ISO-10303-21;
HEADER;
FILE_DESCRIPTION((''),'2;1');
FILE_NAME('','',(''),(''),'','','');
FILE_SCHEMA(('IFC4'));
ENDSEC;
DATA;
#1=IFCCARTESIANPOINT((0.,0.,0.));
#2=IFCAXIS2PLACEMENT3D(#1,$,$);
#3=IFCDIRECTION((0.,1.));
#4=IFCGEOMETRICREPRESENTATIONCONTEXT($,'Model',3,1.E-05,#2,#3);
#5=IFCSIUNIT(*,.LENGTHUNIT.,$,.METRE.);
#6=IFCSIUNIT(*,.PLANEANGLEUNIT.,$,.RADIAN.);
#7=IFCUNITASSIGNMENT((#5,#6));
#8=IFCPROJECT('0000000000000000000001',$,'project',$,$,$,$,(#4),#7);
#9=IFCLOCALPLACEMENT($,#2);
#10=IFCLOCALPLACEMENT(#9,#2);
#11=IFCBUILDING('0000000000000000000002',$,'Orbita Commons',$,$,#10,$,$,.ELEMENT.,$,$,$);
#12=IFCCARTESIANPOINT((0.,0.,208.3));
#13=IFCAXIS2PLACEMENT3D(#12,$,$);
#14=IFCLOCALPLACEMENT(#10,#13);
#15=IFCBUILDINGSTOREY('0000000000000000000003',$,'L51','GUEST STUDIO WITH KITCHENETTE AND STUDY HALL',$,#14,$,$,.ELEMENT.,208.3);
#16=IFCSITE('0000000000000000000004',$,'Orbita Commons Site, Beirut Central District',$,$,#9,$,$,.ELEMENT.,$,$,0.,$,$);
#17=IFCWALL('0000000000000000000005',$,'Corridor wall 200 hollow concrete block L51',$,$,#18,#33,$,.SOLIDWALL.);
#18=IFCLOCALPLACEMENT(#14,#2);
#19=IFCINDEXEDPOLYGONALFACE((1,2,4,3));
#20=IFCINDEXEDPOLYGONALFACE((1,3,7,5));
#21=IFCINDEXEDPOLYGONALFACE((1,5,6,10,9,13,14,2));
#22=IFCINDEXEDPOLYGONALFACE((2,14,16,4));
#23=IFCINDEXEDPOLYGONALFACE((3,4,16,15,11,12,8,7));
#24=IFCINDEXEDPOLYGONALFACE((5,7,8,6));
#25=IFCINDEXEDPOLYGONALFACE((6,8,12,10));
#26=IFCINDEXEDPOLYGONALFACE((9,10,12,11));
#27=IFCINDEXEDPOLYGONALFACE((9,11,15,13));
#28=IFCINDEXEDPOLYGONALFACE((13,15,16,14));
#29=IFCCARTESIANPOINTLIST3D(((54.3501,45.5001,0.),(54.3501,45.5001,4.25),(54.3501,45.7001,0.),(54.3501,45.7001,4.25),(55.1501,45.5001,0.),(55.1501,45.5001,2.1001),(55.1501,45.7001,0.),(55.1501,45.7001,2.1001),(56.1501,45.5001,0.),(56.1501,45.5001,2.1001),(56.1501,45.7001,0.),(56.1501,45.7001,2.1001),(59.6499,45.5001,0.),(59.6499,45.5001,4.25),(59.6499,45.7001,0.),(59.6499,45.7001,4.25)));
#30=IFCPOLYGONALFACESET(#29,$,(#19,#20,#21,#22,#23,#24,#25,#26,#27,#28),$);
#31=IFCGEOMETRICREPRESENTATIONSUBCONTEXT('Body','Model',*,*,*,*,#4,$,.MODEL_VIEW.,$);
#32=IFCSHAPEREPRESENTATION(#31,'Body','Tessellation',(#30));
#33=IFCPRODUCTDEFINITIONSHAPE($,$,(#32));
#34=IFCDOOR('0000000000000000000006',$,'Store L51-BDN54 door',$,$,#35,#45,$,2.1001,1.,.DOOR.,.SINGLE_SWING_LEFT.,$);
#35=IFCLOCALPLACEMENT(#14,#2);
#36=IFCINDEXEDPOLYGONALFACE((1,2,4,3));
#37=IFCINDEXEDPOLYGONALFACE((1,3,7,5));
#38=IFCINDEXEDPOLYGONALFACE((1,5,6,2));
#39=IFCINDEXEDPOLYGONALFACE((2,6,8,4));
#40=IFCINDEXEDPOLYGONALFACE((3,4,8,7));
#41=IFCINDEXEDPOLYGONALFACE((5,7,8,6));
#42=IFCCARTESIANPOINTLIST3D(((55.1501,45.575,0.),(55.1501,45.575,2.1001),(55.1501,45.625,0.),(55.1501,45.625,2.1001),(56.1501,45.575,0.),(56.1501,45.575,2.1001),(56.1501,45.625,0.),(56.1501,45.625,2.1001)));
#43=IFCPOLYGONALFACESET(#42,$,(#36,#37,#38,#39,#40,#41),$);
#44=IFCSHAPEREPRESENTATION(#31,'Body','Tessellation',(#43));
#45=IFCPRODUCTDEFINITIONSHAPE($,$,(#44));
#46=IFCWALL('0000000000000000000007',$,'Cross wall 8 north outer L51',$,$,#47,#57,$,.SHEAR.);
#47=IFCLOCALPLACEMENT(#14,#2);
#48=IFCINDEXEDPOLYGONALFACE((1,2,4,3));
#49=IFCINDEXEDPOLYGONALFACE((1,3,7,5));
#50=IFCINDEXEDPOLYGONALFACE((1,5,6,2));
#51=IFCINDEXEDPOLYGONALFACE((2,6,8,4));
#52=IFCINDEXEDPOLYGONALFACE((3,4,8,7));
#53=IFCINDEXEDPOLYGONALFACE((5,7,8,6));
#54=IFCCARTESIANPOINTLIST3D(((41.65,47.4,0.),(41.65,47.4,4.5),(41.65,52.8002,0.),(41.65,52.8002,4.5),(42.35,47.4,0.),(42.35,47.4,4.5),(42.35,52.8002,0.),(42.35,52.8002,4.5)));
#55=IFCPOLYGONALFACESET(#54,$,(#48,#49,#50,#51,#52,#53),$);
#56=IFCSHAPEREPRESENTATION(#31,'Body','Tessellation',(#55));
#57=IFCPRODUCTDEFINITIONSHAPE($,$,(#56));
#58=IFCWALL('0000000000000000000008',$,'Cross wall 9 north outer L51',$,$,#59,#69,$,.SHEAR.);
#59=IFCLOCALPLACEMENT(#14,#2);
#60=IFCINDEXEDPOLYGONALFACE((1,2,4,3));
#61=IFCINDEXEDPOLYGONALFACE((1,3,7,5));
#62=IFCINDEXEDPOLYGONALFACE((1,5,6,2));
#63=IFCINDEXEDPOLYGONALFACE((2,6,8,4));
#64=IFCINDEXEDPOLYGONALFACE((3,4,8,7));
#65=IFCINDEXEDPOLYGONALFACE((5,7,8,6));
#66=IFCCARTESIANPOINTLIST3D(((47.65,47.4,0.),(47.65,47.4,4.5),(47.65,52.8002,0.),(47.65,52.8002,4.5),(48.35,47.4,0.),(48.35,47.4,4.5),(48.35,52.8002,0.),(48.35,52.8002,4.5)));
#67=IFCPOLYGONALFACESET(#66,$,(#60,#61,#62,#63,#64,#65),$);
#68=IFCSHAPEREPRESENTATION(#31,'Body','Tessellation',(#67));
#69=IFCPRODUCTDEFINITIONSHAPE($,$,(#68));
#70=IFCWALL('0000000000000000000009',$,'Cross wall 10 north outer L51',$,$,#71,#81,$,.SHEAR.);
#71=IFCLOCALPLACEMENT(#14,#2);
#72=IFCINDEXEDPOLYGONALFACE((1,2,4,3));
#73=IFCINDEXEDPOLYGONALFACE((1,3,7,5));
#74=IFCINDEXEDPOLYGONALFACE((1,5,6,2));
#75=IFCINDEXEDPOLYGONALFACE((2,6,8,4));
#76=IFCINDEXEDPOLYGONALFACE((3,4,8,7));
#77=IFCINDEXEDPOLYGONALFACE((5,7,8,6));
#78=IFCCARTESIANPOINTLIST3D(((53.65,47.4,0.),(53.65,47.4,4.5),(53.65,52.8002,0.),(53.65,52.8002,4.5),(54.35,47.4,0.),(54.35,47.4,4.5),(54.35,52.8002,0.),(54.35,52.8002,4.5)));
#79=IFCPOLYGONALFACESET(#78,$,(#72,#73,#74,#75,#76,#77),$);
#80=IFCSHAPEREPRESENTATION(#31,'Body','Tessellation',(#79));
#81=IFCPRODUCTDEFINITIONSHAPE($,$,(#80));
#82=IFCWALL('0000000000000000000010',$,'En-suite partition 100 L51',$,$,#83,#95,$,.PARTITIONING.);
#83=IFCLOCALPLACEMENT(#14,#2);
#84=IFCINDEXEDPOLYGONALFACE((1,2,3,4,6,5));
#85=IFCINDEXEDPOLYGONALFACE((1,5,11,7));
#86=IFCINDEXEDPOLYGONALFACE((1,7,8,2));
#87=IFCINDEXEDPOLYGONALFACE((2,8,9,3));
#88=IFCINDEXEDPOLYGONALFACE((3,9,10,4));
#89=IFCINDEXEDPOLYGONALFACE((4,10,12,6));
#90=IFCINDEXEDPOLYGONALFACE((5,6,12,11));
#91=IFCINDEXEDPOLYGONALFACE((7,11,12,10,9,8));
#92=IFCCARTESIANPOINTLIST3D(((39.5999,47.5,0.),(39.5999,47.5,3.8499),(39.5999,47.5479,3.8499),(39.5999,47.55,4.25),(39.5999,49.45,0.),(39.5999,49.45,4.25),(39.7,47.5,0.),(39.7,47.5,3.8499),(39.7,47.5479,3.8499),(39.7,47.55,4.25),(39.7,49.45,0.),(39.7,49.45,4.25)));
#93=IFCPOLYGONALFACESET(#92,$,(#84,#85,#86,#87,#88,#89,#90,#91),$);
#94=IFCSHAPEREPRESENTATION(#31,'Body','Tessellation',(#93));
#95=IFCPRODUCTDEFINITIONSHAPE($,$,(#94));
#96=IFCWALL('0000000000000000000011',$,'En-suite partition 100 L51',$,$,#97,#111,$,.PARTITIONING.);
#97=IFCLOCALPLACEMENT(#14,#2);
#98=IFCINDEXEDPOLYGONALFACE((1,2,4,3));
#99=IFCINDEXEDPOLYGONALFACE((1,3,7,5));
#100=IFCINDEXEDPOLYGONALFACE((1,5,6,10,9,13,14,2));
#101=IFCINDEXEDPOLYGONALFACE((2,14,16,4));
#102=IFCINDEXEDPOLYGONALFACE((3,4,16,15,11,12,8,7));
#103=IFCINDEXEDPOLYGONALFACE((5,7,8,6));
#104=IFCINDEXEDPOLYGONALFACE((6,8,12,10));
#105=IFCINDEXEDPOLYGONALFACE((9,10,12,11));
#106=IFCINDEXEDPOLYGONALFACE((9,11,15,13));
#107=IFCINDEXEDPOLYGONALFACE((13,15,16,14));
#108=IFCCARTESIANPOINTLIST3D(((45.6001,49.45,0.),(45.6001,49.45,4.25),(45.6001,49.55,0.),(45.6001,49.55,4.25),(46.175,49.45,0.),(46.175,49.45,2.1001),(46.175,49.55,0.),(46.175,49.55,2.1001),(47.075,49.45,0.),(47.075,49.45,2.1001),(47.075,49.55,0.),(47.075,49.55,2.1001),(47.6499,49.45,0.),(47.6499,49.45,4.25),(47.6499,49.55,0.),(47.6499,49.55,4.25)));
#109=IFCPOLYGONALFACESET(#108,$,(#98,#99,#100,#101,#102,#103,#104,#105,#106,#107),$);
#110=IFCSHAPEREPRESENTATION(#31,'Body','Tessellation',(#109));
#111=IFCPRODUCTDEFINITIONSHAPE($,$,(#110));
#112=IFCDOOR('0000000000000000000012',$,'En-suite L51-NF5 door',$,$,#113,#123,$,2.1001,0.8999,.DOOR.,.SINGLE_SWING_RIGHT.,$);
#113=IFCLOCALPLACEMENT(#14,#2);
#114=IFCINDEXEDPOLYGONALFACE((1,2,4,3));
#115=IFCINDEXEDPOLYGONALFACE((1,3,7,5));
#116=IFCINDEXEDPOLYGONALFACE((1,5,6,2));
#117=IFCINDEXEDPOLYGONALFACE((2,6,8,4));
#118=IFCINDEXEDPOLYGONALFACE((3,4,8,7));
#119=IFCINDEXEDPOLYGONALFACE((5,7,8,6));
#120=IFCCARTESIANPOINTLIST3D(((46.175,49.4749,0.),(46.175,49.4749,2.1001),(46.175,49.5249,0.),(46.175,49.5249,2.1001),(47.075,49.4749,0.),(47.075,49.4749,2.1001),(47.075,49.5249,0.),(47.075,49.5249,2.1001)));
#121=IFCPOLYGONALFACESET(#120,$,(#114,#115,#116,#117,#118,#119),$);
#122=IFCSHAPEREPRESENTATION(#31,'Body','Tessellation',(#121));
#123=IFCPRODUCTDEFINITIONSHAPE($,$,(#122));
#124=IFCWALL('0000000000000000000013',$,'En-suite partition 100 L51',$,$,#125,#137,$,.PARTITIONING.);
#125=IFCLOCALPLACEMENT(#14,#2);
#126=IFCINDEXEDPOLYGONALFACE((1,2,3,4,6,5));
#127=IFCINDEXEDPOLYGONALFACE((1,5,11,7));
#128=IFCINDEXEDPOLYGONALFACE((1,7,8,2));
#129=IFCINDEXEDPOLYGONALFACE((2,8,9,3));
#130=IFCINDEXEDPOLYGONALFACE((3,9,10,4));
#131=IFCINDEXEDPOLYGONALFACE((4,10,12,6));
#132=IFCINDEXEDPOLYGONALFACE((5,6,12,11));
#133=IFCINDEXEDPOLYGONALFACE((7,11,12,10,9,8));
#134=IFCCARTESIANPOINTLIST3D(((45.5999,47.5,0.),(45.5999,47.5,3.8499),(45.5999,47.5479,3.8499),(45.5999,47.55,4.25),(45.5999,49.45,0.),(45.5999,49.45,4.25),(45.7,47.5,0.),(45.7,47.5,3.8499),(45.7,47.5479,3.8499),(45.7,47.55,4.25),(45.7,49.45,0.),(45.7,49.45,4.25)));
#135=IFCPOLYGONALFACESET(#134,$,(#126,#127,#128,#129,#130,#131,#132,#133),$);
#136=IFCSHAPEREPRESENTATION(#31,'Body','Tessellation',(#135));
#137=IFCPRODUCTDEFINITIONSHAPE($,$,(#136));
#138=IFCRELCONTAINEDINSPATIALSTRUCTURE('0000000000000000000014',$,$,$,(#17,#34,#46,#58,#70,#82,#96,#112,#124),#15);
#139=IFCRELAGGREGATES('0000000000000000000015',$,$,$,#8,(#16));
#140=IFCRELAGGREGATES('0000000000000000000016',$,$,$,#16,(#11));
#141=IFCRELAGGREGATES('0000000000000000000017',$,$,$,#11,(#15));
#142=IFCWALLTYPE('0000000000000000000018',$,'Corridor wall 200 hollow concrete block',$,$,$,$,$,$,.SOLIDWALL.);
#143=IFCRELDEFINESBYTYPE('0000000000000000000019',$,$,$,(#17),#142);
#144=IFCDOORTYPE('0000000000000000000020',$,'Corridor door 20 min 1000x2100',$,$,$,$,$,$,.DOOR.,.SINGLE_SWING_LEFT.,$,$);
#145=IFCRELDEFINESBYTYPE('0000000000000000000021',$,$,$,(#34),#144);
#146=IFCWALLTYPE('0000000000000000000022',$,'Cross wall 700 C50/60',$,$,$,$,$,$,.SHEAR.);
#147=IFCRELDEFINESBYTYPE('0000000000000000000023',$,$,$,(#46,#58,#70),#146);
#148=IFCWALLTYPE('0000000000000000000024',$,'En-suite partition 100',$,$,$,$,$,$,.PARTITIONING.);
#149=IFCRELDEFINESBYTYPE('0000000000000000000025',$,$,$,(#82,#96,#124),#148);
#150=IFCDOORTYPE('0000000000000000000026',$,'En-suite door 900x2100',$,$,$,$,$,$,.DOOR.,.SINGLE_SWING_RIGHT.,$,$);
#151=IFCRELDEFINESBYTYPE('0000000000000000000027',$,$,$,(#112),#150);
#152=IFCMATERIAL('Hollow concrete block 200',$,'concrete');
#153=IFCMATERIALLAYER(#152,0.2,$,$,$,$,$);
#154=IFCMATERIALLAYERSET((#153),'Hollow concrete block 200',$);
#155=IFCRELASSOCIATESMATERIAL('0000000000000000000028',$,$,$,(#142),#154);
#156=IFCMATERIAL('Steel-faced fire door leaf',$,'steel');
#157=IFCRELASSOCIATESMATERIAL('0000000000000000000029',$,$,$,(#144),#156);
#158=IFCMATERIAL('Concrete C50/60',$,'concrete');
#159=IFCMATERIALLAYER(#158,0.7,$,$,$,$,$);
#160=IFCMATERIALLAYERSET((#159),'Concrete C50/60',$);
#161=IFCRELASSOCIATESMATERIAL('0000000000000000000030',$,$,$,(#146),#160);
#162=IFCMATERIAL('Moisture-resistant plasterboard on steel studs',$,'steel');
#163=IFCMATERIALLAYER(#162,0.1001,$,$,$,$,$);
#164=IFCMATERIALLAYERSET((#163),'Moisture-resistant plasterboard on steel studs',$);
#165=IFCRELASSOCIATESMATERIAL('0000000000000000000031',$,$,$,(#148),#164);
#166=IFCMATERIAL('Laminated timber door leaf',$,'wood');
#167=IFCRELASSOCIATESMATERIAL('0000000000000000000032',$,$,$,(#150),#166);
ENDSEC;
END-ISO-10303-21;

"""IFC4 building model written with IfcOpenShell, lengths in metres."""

from ifc_helpers import new_model, si_unit, direction, frame, frame_2d, origin, place, context, subcontext, project, spatial, polyline, rectangle, outline, extrude, material, layer, layer_set, type_object, element, fill, save


model = new_model("IFC4")

# Units and contexts
model_context = context("Model", 3, precision=1e-05, world=origin(), true_north=direction((0.0, 1.0)))
body_context = subcontext(model_context, "Body", "Model", "MODEL_VIEW")
ifc_project = project(units=[si_unit("LENGTHUNIT", "METRE"), si_unit("PLANEANGLEUNIT", "RADIAN")], contexts=[model_context])

# Site, building, storey
site_placement = place(None, origin())
site = spatial("IfcSite", under=ifc_project, at=site_placement, Name="Orbita Commons Site, Beirut Central District", CompositionType="ELEMENT", RefElevation=0.0)
building_placement = place(site_placement, origin())
building = spatial("IfcBuilding", under=site, at=building_placement, Name="Orbita Commons", CompositionType="ELEMENT")
storey_placement = place(building_placement, frame((0.0, 0.0, 208.3)))
storey = spatial("IfcBuildingStorey", under=building, at=storey_placement, Name="L51", Description="GUEST STUDIO WITH KITCHENETTE AND STUDY HALL", CompositionType="ELEMENT", Elevation=208.3)

# Wall, opening, door
ifc_material_1 = material(Name="Hollow concrete block 200", Category="concrete")
ifc_layer_1 = layer(ifc_material_1, 0.2)
ifc_layer_set_1 = layer_set([ifc_layer_1], Name="Hollow concrete block 200")
wall_type_1 = type_object("IfcWallType", Name="Corridor wall 200 hollow concrete block", PredefinedType="SOLIDWALL", material=ifc_layer_set_1)
wall_1_placement = place(storey_placement, frame((54.3501, 45.6001, 0.0), z_axis=(0.0, 0.0, 1.0), x_axis=(1.0, 0.0, 0.0)))
wall_1 = element("IfcWall", 1, at=wall_1_placement, inside=storey, type_object=wall_type_1, Name="Corridor wall 200 hollow concrete block L51", PredefinedType="SOLIDWALL", context=body_context, shape_type="SweptSolid", body=[
    extrude(rectangle(XDim=5.2998, YDim=0.2, at=frame_2d((2.6499, 0.0))), origin(), (0.0, 0.0, 1.0), 4.25),
])
opening_1_placement = place(wall_1_placement, frame((0.8, 0.0, 0.0)))
opening_1 = element("IfcOpeningElement", 2, at=opening_1_placement, cuts=wall_1, PredefinedType="OPENING", context=body_context, shape_type="SweptSolid", body=[
    extrude(rectangle(XDim=1.0, YDim=2.1001, at=frame_2d((0.5, 1.05))), frame((0.0, 0.1099, 0.0), z_axis=(0.0, -1.0, 0.0), x_axis=(1.0, 0.0, 0.0)), (0.0, 0.0, 1.0), 0.22),
])
ifc_material_2 = material(Name="Steel-faced fire door leaf", Category="steel")
door_type_1 = type_object("IfcDoorType", Name="Corridor door 20 min 1000x2100", OperationType="SINGLE_SWING_LEFT", PredefinedType="DOOR", material=ifc_material_2)
door_1_placement = place(opening_1_placement, origin())
door_1 = element("IfcDoor", 3, at=door_1_placement, inside=storey, type_object=door_type_1, Name="Store L51-BDN54 door", OperationType="SINGLE_SWING_LEFT", OverallHeight=2.1001, OverallWidth=1.0, PredefinedType="DOOR", context=body_context, shape_type="SweptSolid", body=[
    extrude(rectangle(XDim=1.0, YDim=2.1001, at=frame_2d((0.5, 1.05))), frame((0.0, 0.0249, 0.0), z_axis=(0.0, -1.0, 0.0), x_axis=(1.0, 0.0, 0.0)), (0.0, 0.0, 1.0), 0.05),
])
fill(opening_1, door_1)

# Walls
ifc_material_3 = material(Name="Concrete C50/60", Category="concrete")
ifc_layer_2 = layer(ifc_material_3, 0.7)
ifc_layer_set_2 = layer_set([ifc_layer_2], Name="Concrete C50/60")
wall_type_2 = type_object("IfcWallType", Name="Cross wall 700 C50/60", PredefinedType="SHEAR", material=ifc_layer_set_2)
for number, where, z_axis, x_axis, name in (
    (4, (42.0, 47.3999, 0.0), (0.0, 0.0, 1.0), (0.0, 1.0, 0.0), "Cross wall 8 north outer L51"),
    (5, (48.0, 47.3999, 0.0), (0.0, 0.0, 1.0), (0.0, 1.0, 0.0), "Cross wall 9 north outer L51"),
    (6, (54.0, 47.3999, 0.0), (0.0, 0.0, 1.0), (0.0, 1.0, 0.0), "Cross wall 10 north outer L51"),
):
    element("IfcWall", number, at=place(storey_placement, frame(where, z_axis=z_axis, x_axis=x_axis)), inside=storey, type_object=wall_type_2, Name=name, PredefinedType="SHEAR", context=body_context, shape_type="SweptSolid", body=[
        extrude(rectangle(XDim=5.4001, YDim=0.7, at=frame_2d((2.7002, 0.0))), origin(), (0.0, 0.0, 1.0), 4.5),
    ])
ifc_material_4 = material(Name="Moisture-resistant plasterboard on steel studs", Category="steel")
ifc_layer_3 = layer(ifc_material_4, 0.1001)
ifc_layer_set_3 = layer_set([ifc_layer_3], Name="Moisture-resistant plasterboard on steel studs")
wall_type_3 = type_object("IfcWallType", Name="En-suite partition 100", PredefinedType="PARTITIONING", material=ifc_layer_set_3)
wall_2_placement = place(storey_placement, frame((39.6499, 49.45, 0.0), z_axis=(0.0, 0.0, 1.0), x_axis=(0.0, -1.0, 0.0)))
element("IfcWall", 7, at=wall_2_placement, inside=storey, type_object=wall_type_3, Name="En-suite partition 100 L51", PredefinedType="PARTITIONING", context=body_context, shape_type="SweptSolid", body=[
    extrude(outline(polyline([(0.0, 0.0), (1.95, 0.0), (1.95, 3.8499), (1.9021, 3.8499), (1.8999, 4.25), (0.0, 4.25), (0.0, 0.0)])), frame((0.0, 0.05, 0.0), z_axis=(0.0, -1.0, 0.0), x_axis=(1.0, 0.0, 0.0)), (0.0, 0.0, 1.0), 0.1001),
])

# Wall, opening, door
wall_3_placement = place(storey_placement, frame((45.6001, 49.5, 0.0), z_axis=(0.0, 0.0, 1.0), x_axis=(1.0, 0.0, 0.0)))
wall_3 = element("IfcWall", 8, at=wall_3_placement, inside=storey, type_object=wall_type_3, Name="En-suite partition 100 L51", PredefinedType="PARTITIONING", context=body_context, shape_type="SweptSolid", body=[
    extrude(rectangle(XDim=2.0498, YDim=0.1001, at=frame_2d((1.0249, 0.0))), origin(), (0.0, 0.0, 1.0), 4.25),
])
opening_2_placement = place(wall_3_placement, frame((0.575, 0.0, 0.0)))
opening_2 = element("IfcOpeningElement", 9, at=opening_2_placement, cuts=wall_3, PredefinedType="OPENING", context=body_context, shape_type="SweptSolid", body=[
    extrude(rectangle(XDim=0.8999, YDim=2.1001, at=frame_2d((0.45, 1.05))), frame((0.0, 0.0601, 0.0), z_axis=(0.0, -1.0, 0.0), x_axis=(1.0, 0.0, 0.0)), (0.0, 0.0, 1.0), 0.1201),
])
ifc_material_5 = material(Name="Laminated timber door leaf", Category="wood")
door_type_2 = type_object("IfcDoorType", Name="En-suite door 900x2100", OperationType="SINGLE_SWING_RIGHT", PredefinedType="DOOR", material=ifc_material_5)
door_2_placement = place(opening_2_placement, origin())
door_2 = element("IfcDoor", 10, at=door_2_placement, inside=storey, type_object=door_type_2, Name="En-suite L51-NF5 door", OperationType="SINGLE_SWING_RIGHT", OverallHeight=2.1001, OverallWidth=0.8999, PredefinedType="DOOR", context=body_context, shape_type="SweptSolid", body=[
    extrude(rectangle(XDim=0.8999, YDim=2.1001, at=frame_2d((0.45, 1.05))), frame((0.0, 0.0249, 0.0), z_axis=(0.0, -1.0, 0.0), x_axis=(1.0, 0.0, 0.0)), (0.0, 0.0, 1.0), 0.05),
])
fill(opening_2, door_2)

# Wall
wall_4_placement = place(storey_placement, frame((45.6499, 49.45, 0.0), z_axis=(0.0, 0.0, 1.0), x_axis=(0.0, -1.0, 0.0)))
element("IfcWall", 11, at=wall_4_placement, inside=storey, type_object=wall_type_3, Name="En-suite partition 100 L51", PredefinedType="PARTITIONING", context=body_context, shape_type="SweptSolid", body=[
    extrude(outline(polyline([(0.0, 0.0), (1.95, 0.0), (1.95, 3.8499), (1.9021, 3.8499), (1.8999, 4.25), (0.0, 4.25), (0.0, 0.0)])), frame((0.0, 0.05, 0.0), z_axis=(0.0, -1.0, 0.0), x_axis=(1.0, 0.0, 0.0)), (0.0, 0.0, 1.0), 0.1001),
])

save(model, "model.ifc")
